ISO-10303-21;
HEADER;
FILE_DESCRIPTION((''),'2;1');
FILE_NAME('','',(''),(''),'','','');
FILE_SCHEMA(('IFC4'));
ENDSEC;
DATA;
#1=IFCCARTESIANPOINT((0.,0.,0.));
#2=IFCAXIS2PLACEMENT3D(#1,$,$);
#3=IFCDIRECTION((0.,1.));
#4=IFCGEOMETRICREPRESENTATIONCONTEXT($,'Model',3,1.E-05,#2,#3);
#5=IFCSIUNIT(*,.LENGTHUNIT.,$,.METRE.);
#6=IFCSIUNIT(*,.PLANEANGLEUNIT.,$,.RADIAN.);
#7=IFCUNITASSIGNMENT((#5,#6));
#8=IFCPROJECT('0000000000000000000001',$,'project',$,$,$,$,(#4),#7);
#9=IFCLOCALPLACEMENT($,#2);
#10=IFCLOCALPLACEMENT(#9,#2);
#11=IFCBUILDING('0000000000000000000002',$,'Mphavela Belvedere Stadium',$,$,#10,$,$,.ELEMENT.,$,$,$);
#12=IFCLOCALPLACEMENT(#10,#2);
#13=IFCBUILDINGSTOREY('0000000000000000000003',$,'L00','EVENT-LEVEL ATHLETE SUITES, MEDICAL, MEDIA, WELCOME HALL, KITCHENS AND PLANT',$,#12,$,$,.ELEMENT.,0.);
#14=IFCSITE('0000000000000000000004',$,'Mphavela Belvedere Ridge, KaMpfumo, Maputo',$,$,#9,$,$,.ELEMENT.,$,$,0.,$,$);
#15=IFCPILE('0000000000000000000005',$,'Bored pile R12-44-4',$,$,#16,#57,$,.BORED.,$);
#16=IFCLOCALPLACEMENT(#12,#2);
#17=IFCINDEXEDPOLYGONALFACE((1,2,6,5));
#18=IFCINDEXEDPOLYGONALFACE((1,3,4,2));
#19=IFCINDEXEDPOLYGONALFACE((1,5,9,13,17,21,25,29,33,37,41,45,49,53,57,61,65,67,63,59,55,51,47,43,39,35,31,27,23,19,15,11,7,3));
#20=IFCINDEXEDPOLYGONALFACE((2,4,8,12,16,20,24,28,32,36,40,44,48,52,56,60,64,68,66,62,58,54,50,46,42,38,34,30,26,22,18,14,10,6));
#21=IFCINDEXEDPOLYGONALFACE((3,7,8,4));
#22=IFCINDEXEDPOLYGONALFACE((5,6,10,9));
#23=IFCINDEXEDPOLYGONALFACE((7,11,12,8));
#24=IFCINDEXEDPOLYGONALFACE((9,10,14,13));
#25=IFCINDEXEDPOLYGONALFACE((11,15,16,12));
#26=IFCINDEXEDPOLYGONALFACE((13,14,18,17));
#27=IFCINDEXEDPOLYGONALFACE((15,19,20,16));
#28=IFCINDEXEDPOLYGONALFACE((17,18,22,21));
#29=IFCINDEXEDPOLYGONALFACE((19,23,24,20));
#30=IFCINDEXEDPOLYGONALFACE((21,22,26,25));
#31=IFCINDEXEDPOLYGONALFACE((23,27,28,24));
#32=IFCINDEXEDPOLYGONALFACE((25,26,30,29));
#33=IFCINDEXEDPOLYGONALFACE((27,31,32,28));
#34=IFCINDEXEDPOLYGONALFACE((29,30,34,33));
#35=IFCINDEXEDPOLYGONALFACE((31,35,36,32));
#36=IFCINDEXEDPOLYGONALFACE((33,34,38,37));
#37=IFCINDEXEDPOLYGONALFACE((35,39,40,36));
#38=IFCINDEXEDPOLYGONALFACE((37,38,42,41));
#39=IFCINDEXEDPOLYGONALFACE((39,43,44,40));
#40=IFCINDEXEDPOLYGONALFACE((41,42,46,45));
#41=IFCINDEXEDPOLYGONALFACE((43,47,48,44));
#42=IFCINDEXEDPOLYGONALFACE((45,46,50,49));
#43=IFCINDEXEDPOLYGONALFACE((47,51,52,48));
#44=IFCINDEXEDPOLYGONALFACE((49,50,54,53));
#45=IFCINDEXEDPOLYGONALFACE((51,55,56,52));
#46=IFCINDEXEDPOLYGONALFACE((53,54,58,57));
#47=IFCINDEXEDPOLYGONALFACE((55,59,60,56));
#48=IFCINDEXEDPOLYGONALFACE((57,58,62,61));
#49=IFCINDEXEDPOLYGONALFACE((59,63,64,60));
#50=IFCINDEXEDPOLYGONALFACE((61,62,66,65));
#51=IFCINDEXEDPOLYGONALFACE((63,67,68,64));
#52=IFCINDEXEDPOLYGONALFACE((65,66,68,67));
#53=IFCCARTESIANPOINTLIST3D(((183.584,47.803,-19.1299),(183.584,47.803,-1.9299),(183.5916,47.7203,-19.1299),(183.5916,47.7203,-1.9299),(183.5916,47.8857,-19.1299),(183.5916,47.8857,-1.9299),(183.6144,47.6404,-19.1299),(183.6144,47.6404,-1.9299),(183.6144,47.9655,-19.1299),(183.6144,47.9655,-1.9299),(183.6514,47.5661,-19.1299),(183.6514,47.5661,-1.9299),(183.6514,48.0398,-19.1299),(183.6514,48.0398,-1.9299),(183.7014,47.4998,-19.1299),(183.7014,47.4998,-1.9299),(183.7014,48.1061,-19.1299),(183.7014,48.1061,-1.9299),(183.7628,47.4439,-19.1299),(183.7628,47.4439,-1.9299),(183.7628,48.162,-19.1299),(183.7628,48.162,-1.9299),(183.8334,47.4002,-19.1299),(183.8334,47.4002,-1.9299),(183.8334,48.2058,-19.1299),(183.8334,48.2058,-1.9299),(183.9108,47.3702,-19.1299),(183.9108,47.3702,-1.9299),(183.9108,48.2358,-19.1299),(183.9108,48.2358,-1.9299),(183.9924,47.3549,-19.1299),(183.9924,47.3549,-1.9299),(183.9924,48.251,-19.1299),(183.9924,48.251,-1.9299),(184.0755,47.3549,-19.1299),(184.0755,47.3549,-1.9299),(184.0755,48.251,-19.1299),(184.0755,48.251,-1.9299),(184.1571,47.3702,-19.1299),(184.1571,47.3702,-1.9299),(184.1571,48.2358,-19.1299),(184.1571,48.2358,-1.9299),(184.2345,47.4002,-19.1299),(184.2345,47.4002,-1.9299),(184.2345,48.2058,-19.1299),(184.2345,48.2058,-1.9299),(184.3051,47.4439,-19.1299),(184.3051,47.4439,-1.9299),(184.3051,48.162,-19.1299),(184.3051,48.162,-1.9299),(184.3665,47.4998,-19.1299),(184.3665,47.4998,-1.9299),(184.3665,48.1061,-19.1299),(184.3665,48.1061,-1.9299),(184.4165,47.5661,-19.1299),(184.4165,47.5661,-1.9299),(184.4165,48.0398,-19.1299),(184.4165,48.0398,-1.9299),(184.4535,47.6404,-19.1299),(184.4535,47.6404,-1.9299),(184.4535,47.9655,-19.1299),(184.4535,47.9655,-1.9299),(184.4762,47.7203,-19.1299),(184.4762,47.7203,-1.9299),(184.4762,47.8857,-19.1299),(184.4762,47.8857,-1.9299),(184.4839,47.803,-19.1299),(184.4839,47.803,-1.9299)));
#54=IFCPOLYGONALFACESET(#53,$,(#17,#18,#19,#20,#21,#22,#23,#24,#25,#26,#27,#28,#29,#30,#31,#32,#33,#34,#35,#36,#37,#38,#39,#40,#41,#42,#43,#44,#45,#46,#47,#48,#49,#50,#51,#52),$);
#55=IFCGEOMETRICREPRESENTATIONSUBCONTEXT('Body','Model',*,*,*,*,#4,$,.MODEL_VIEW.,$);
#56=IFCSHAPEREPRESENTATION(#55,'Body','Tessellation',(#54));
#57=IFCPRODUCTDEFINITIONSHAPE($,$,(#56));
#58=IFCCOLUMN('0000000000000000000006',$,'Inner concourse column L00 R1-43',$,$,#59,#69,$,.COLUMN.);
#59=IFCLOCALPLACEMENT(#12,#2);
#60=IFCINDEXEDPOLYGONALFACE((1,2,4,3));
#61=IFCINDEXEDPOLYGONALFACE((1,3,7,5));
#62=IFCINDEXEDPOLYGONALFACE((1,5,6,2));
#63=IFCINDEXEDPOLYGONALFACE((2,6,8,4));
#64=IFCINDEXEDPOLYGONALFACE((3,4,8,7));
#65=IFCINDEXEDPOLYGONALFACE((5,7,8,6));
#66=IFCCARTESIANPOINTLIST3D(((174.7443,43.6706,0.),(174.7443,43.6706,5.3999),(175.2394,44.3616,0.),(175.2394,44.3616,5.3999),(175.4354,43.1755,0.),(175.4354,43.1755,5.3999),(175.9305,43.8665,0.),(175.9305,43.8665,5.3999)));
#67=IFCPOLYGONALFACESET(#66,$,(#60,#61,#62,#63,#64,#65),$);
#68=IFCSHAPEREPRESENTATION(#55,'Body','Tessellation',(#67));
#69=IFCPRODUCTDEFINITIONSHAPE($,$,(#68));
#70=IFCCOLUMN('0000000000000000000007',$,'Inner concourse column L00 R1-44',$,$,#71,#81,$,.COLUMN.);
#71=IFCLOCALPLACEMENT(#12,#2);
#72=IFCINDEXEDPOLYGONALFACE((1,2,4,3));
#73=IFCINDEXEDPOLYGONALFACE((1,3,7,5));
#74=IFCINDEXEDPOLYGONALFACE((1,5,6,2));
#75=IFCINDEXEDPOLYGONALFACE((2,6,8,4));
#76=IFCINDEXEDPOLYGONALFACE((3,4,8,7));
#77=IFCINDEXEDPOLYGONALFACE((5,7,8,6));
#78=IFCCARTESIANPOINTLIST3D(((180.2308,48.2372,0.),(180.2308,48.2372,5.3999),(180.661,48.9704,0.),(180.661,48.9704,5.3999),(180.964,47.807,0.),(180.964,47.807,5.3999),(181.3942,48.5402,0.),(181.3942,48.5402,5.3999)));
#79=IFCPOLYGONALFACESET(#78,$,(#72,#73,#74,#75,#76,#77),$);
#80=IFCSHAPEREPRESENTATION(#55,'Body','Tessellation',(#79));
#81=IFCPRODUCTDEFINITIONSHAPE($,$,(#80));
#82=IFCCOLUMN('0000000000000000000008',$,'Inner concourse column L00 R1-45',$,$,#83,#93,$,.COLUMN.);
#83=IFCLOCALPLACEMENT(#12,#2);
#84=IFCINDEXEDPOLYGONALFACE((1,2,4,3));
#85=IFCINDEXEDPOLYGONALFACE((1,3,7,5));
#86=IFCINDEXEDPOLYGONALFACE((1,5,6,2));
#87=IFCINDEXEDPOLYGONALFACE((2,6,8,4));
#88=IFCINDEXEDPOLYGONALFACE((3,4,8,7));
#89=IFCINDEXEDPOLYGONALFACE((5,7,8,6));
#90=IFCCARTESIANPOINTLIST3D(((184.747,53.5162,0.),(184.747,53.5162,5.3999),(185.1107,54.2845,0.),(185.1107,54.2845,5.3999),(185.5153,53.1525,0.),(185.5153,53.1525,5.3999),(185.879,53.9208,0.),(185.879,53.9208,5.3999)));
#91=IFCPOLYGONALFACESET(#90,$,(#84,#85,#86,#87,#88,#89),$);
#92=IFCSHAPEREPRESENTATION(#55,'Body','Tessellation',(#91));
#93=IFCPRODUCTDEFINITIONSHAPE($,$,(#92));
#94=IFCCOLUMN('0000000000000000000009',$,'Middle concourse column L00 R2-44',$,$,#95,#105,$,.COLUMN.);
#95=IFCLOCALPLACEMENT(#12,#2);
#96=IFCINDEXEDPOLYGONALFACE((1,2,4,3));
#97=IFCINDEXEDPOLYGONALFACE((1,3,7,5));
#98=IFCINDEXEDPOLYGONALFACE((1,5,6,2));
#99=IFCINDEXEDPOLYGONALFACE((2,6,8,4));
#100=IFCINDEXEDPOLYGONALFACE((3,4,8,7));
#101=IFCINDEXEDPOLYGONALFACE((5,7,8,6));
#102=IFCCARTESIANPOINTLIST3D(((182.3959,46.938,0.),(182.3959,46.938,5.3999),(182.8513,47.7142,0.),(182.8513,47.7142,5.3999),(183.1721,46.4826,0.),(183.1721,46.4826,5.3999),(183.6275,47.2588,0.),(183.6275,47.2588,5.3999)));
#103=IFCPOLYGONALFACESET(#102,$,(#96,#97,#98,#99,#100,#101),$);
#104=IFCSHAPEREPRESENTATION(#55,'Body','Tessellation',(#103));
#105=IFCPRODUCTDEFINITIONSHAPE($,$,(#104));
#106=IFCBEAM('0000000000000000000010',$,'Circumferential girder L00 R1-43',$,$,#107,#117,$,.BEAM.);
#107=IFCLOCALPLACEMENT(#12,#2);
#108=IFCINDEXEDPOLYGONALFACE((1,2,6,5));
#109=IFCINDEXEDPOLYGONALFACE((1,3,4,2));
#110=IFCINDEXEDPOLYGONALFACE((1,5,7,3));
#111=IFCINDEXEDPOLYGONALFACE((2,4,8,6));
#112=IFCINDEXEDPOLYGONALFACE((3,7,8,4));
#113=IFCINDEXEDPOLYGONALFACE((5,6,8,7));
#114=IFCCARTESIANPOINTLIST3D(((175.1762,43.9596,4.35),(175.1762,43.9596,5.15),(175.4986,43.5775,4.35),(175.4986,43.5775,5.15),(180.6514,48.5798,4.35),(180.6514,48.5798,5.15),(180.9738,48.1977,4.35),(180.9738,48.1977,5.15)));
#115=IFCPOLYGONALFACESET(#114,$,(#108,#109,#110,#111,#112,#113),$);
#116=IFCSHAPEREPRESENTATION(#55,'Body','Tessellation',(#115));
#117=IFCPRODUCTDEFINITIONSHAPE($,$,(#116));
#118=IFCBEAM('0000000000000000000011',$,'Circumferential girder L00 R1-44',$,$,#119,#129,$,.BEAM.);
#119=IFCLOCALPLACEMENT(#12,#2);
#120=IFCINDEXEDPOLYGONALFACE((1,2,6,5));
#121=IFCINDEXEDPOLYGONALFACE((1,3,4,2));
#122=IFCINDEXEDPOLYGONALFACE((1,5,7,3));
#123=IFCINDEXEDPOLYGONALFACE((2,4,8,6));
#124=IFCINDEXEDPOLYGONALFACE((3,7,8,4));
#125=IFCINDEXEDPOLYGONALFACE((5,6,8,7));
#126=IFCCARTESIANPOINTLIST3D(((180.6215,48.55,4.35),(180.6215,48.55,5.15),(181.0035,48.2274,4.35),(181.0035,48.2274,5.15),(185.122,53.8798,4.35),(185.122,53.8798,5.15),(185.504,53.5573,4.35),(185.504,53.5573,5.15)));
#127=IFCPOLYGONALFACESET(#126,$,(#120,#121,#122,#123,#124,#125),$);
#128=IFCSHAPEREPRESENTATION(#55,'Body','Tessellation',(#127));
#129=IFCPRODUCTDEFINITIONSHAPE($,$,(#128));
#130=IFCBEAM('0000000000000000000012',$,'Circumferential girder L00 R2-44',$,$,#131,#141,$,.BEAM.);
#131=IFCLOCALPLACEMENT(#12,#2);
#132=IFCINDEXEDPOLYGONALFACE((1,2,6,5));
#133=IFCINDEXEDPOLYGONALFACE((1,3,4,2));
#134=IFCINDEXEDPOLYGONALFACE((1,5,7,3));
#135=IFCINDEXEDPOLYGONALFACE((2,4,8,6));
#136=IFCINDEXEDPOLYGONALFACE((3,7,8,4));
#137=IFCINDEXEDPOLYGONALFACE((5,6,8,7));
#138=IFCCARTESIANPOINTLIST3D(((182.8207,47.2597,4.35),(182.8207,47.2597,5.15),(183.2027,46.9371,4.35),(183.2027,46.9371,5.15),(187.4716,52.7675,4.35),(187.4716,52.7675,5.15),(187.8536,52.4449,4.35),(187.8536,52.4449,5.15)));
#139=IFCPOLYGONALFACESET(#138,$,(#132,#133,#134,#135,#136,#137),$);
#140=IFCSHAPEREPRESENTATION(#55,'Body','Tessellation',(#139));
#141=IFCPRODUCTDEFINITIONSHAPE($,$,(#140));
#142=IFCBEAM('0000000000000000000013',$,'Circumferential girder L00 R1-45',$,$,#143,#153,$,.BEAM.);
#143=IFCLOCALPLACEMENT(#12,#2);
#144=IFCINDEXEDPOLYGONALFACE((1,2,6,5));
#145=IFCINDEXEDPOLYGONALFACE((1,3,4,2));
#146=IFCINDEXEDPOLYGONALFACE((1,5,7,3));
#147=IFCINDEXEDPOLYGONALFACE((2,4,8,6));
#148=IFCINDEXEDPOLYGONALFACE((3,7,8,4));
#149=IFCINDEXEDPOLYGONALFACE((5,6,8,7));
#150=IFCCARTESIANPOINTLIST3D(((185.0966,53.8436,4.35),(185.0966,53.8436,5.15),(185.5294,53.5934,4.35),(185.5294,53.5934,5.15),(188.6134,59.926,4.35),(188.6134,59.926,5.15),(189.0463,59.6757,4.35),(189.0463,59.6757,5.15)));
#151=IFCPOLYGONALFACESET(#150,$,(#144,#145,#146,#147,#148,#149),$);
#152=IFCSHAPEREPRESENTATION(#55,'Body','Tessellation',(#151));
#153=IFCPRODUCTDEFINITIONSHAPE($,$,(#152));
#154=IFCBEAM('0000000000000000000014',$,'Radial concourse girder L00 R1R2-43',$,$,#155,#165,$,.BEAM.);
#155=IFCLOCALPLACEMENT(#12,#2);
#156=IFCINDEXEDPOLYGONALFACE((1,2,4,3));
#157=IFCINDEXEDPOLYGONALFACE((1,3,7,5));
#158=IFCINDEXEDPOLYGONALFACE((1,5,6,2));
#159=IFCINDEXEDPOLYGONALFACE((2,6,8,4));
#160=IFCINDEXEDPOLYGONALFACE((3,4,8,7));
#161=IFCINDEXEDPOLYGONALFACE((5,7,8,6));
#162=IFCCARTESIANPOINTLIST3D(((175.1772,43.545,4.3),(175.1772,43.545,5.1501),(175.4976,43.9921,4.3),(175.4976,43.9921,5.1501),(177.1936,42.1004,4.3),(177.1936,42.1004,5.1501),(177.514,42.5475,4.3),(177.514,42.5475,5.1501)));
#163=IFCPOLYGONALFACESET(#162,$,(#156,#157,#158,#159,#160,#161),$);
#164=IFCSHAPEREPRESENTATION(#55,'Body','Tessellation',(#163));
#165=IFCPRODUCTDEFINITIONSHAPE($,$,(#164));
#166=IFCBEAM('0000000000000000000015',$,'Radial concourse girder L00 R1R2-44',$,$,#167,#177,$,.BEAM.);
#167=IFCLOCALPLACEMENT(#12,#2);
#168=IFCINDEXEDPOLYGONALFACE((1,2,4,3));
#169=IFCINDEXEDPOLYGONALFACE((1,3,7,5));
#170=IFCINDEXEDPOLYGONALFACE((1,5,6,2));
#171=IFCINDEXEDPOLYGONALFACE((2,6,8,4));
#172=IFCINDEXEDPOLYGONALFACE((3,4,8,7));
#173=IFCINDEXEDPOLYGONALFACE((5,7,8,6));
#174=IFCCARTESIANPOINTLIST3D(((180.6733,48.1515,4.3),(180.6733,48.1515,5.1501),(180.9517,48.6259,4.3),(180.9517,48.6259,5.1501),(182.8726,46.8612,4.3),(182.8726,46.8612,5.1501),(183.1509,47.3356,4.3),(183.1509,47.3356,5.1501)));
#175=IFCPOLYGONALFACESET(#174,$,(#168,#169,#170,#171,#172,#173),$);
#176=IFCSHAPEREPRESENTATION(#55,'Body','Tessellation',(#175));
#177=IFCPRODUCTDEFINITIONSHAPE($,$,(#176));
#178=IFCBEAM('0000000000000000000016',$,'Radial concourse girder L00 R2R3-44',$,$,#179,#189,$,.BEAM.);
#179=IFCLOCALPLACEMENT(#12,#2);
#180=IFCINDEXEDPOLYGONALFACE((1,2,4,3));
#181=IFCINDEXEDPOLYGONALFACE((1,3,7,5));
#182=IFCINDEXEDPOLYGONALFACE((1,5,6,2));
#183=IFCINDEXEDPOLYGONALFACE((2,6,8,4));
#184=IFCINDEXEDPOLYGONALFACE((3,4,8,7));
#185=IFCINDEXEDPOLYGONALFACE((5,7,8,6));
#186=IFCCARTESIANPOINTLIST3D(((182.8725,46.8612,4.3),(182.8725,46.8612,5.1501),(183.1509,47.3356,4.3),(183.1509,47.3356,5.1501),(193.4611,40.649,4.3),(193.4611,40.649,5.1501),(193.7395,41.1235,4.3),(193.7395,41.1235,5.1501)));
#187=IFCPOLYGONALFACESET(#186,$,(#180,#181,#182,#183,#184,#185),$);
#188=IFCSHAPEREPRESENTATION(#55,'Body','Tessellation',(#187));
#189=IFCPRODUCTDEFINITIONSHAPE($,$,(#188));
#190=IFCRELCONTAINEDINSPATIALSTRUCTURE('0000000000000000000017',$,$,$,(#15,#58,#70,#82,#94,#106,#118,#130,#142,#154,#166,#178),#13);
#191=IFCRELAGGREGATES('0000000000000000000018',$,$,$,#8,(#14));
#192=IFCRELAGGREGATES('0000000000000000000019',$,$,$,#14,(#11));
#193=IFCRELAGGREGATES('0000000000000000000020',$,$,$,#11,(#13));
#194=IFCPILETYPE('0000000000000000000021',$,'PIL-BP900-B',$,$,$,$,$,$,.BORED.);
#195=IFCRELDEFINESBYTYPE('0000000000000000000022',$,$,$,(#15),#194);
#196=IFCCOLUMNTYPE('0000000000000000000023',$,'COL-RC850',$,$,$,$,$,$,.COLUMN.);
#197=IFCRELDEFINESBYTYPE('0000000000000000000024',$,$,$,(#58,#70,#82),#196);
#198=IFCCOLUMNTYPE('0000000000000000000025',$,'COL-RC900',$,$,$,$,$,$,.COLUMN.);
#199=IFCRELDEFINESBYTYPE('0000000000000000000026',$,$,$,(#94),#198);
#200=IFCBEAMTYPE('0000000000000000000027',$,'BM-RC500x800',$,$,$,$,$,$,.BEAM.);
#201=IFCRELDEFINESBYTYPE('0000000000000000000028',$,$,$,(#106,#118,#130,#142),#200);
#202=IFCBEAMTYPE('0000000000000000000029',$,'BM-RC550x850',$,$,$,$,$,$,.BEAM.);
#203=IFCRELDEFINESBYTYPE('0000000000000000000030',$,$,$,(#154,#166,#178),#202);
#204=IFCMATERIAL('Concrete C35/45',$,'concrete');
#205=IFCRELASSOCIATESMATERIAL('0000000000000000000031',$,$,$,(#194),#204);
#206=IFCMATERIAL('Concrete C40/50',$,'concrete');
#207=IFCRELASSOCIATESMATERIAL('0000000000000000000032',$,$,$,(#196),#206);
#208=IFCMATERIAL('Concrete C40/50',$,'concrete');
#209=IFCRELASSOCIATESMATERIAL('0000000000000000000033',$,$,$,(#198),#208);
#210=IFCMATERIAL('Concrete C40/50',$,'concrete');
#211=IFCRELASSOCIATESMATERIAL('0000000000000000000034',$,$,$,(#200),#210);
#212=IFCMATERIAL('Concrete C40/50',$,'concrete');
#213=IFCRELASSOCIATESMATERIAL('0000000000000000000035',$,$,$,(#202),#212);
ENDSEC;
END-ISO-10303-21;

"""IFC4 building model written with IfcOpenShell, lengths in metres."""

from ifc_helpers import new_model, si_unit, direction, frame, origin, origin_2d, place, context, subcontext, project, spatial, rectangle, circle, extrude, material, material_profile, profile_set, type_object, element, save


model = new_model("IFC4")

# Units and contexts
model_context = context("Model", 3, precision=1e-05, world=origin(), true_north=direction((0.0, 1.0)))
body_context = subcontext(model_context, "Body", "Model", "MODEL_VIEW")
ifc_project = project(units=[si_unit("LENGTHUNIT", "METRE"), si_unit("PLANEANGLEUNIT", "RADIAN")], contexts=[model_context])

# Site, building, storey
site_placement = place(None, origin())
site = spatial("IfcSite", under=ifc_project, at=site_placement, Name="Mphavela Belvedere Ridge, KaMpfumo, Maputo", CompositionType="ELEMENT", RefElevation=0.0)
building_placement = place(site_placement, origin())
building = spatial("IfcBuilding", under=site, at=building_placement, Name="Mphavela Belvedere Stadium", CompositionType="ELEMENT")
storey_placement = place(building_placement, origin())
storey = spatial("IfcBuildingStorey", under=building, at=storey_placement, Name="L00", Description="EVENT-LEVEL ATHLETE SUITES, MEDICAL, MEDIA, WELCOME HALL, KITCHENS AND PLANT", CompositionType="ELEMENT", Elevation=0.0)

# Pile
ifc_material_1 = material(Name="Concrete C35/45", Category="concrete")
ifc_material_profile_1 = material_profile(ifc_material_1, circle(Radius=0.45, at=origin_2d()), Name="BP D900")
ifc_profile_set_1 = profile_set([ifc_material_profile_1], Name="Concrete C35/45")
pile_type_1 = type_object("IfcPileType", Name="PIL-BP900-B", PredefinedType="BORED", material=ifc_profile_set_1)
for number, where, z_axis, x_axis, name in (
    (1, (184.0339, 47.803, -1.9299), (0.0, 0.0, -1.0), (1.0, 0.0, 0.0), "Bored pile R12-44-4"),
):
    element("IfcPile", number, at=place(storey_placement, frame(where, z_axis=z_axis, x_axis=x_axis)), inside=storey, type_object=pile_type_1, Name=name, PredefinedType="BORED", context=body_context, shape_type="SweptSolid", body=[
        extrude(circle(Radius=0.45, at=origin_2d()), origin(), (0.0, 0.0, 1.0), 17.2),
    ])

# Columns
ifc_material_2 = material(Name="Concrete C40/50", Category="concrete")
ifc_material_profile_2 = material_profile(ifc_material_2, rectangle(XDim=0.8501, YDim=0.8501, at=origin_2d()), Name="RC 850x850")
ifc_profile_set_2 = profile_set([ifc_material_profile_2], Name="Concrete C40/50")
column_type_1 = type_object("IfcColumnType", Name="COL-RC850", PredefinedType="COLUMN", material=ifc_profile_set_2)
for number, where, z_axis, x_axis, name in (
    (2, (175.3374, 43.7686, 0.0), (0.0, 0.0, 1.0), (0.812898, -0.582407, 0.0), "Inner concourse column L00 R1-43"),
    (3, (180.8125, 48.3887, 0.0), (0.0, 0.0, 1.0), (0.862514, -0.506034, 0.0), "Inner concourse column L00 R1-44"),
    (4, (185.313, 53.7185, 0.0), (0.0, 0.0, 1.0), (0.903859, -0.427831, 0.0), "Inner concourse column L00 R1-45"),
):
    element("IfcColumn", number, at=place(storey_placement, frame(where, z_axis=z_axis, x_axis=x_axis)), inside=storey, type_object=column_type_1, Name=name, PredefinedType="COLUMN", context=body_context, shape_type="SweptSolid", body=[
        extrude(rectangle(XDim=0.8501, YDim=0.8501, at=origin_2d()), origin(), (0.0, 0.0, 1.0), 5.3999),
    ])
ifc_material_3 = material(Name="Concrete C40/50", Category="concrete")
ifc_material_profile_3 = material_profile(ifc_material_3, rectangle(XDim=0.8999, YDim=0.8999, at=origin_2d()), Name="RC 900x900")
ifc_profile_set_3 = profile_set([ifc_material_profile_3], Name="Concrete C40/50")
column_type_2 = type_object("IfcColumnType", Name="COL-RC900", PredefinedType="COLUMN", material=ifc_profile_set_3)
column_placement = place(storey_placement, frame((183.0117, 47.0984, 0.0), z_axis=(0.0, 0.0, 1.0), x_axis=(0.862514, -0.506034, 0.0)))
element("IfcColumn", 5, at=column_placement, inside=storey, type_object=column_type_2, Name="Middle concourse column L00 R2-44", PredefinedType="COLUMN", context=body_context, shape_type="SweptSolid", body=[
    extrude(rectangle(XDim=0.8999, YDim=0.8999, at=origin_2d()), origin(), (0.0, 0.0, 1.0), 5.3999),
])

# Beams
ifc_material_4 = material(Name="Concrete C40/50", Category="concrete")
ifc_material_profile_4 = material_profile(ifc_material_4, rectangle(XDim=0.5, YDim=0.8, at=origin_2d()), Name="RC 500x800")
ifc_profile_set_4 = profile_set([ifc_material_profile_4], Name="Concrete C40/50")
beam_type_1 = type_object("IfcBeamType", Name="BM-RC500x800", PredefinedType="BEAM", material=ifc_profile_set_4)
beam_1_placement = place(storey_placement, frame((175.3374, 43.7686, 4.75), z_axis=(0.764257, 0.644912, 0.0), x_axis=(-0.644912, 0.764257, 0.0)))
element("IfcBeam", 6, at=beam_1_placement, inside=storey, type_object=beam_type_1, Name="Circumferential girder L00 R1-43", PredefinedType="BEAM", context=body_context, shape_type="SweptSolid", body=[
    extrude(rectangle(XDim=0.5, YDim=0.8, at=origin_2d()), origin(), (0.0, 0.0, 1.0), 7.1641),
])
beam_2_placement = place(storey_placement, frame((180.8125, 48.3887, 4.75), z_axis=(0.645159, 0.764048, 0.0), x_axis=(-0.764048, 0.645159, 0.0)))
element("IfcBeam", 7, at=beam_2_placement, inside=storey, type_object=beam_type_1, Name="Circumferential girder L00 R1-44", PredefinedType="BEAM", context=body_context, shape_type="SweptSolid", body=[
    extrude(rectangle(XDim=0.5, YDim=0.8, at=origin_2d()), origin(), (0.0, 0.0, 1.0), 6.9758),
])
beam_3_placement = place(storey_placement, frame((183.0117, 47.0984, 4.75), z_axis=(0.645168, 0.764041, 0.0), x_axis=(-0.764041, 0.645168, 0.0)))
element("IfcBeam", 8, at=beam_3_placement, inside=storey, type_object=beam_type_1, Name="Circumferential girder L00 R2-44", PredefinedType="BEAM", context=body_context, shape_type="SweptSolid", body=[
    extrude(rectangle(XDim=0.5, YDim=0.8, at=origin_2d()), origin(), (0.0, 0.0, 1.0), 7.2087),
])
beam_4_placement = place(storey_placement, frame((185.313, 53.7185, 4.75), z_axis=(0.50056, 0.865702, 0.0), x_axis=(-0.865702, 0.50056, 0.0)))
element("IfcBeam", 9, at=beam_4_placement, inside=storey, type_object=beam_type_1, Name="Circumferential girder L00 R1-45", PredefinedType="BEAM", context=body_context, shape_type="SweptSolid", body=[
    extrude(rectangle(XDim=0.5, YDim=0.8, at=origin_2d()), origin(), (0.0, 0.0, 1.0), 7.0259),
])
ifc_material_5 = material(Name="Concrete C40/50", Category="concrete")
ifc_material_profile_5 = material_profile(ifc_material_5, rectangle(XDim=0.55, YDim=0.8501, at=origin_2d()), Name="RC 550x850")
ifc_profile_set_5 = profile_set([ifc_material_profile_5], Name="Concrete C40/50")
beam_type_2 = type_object("IfcBeamType", Name="BM-RC550x850", PredefinedType="BEAM", material=ifc_profile_set_5)
beam_5_placement = place(storey_placement, frame((175.3374, 43.7686, 4.7251), z_axis=(0.812908, -0.582392, 0.0), x_axis=(0.582392, 0.812908, 0.0)))
element("IfcBeam", 10, at=beam_5_placement, inside=storey, type_object=beam_type_2, Name="Radial concourse girder L00 R1R2-43", PredefinedType="BEAM", context=body_context, shape_type="SweptSolid", body=[
    extrude(rectangle(XDim=0.55, YDim=0.8501, at=origin_2d()), origin(), (0.0, 0.0, 1.0), 2.4805),
])
beam_6_placement = place(storey_placement, frame((180.8125, 48.3887, 4.7251), z_axis=(0.862512, -0.506036, 0.0), x_axis=(0.506036, 0.862512, 0.0)))
element("IfcBeam", 11, at=beam_6_placement, inside=storey, type_object=beam_type_2, Name="Radial concourse girder L00 R1R2-44", PredefinedType="BEAM", context=body_context, shape_type="SweptSolid", body=[
    extrude(rectangle(XDim=0.55, YDim=0.8501, at=origin_2d()), origin(), (0.0, 0.0, 1.0), 2.5498),
])
beam_7_placement = place(storey_placement, frame((183.0117, 47.0984, 4.7251), z_axis=(0.862519, -0.506025, 0.0), x_axis=(0.506025, 0.862519, 0.0)))
element("IfcBeam", 12, at=beam_7_placement, inside=storey, type_object=beam_type_2, Name="Radial concourse girder L00 R2R3-44", PredefinedType="BEAM", context=body_context, shape_type="SweptSolid", body=[
    extrude(rectangle(XDim=0.55, YDim=0.8501, at=origin_2d()), origin(), (0.0, 0.0, 1.0), 12.2764),
])

save(model, "model.ifc")
